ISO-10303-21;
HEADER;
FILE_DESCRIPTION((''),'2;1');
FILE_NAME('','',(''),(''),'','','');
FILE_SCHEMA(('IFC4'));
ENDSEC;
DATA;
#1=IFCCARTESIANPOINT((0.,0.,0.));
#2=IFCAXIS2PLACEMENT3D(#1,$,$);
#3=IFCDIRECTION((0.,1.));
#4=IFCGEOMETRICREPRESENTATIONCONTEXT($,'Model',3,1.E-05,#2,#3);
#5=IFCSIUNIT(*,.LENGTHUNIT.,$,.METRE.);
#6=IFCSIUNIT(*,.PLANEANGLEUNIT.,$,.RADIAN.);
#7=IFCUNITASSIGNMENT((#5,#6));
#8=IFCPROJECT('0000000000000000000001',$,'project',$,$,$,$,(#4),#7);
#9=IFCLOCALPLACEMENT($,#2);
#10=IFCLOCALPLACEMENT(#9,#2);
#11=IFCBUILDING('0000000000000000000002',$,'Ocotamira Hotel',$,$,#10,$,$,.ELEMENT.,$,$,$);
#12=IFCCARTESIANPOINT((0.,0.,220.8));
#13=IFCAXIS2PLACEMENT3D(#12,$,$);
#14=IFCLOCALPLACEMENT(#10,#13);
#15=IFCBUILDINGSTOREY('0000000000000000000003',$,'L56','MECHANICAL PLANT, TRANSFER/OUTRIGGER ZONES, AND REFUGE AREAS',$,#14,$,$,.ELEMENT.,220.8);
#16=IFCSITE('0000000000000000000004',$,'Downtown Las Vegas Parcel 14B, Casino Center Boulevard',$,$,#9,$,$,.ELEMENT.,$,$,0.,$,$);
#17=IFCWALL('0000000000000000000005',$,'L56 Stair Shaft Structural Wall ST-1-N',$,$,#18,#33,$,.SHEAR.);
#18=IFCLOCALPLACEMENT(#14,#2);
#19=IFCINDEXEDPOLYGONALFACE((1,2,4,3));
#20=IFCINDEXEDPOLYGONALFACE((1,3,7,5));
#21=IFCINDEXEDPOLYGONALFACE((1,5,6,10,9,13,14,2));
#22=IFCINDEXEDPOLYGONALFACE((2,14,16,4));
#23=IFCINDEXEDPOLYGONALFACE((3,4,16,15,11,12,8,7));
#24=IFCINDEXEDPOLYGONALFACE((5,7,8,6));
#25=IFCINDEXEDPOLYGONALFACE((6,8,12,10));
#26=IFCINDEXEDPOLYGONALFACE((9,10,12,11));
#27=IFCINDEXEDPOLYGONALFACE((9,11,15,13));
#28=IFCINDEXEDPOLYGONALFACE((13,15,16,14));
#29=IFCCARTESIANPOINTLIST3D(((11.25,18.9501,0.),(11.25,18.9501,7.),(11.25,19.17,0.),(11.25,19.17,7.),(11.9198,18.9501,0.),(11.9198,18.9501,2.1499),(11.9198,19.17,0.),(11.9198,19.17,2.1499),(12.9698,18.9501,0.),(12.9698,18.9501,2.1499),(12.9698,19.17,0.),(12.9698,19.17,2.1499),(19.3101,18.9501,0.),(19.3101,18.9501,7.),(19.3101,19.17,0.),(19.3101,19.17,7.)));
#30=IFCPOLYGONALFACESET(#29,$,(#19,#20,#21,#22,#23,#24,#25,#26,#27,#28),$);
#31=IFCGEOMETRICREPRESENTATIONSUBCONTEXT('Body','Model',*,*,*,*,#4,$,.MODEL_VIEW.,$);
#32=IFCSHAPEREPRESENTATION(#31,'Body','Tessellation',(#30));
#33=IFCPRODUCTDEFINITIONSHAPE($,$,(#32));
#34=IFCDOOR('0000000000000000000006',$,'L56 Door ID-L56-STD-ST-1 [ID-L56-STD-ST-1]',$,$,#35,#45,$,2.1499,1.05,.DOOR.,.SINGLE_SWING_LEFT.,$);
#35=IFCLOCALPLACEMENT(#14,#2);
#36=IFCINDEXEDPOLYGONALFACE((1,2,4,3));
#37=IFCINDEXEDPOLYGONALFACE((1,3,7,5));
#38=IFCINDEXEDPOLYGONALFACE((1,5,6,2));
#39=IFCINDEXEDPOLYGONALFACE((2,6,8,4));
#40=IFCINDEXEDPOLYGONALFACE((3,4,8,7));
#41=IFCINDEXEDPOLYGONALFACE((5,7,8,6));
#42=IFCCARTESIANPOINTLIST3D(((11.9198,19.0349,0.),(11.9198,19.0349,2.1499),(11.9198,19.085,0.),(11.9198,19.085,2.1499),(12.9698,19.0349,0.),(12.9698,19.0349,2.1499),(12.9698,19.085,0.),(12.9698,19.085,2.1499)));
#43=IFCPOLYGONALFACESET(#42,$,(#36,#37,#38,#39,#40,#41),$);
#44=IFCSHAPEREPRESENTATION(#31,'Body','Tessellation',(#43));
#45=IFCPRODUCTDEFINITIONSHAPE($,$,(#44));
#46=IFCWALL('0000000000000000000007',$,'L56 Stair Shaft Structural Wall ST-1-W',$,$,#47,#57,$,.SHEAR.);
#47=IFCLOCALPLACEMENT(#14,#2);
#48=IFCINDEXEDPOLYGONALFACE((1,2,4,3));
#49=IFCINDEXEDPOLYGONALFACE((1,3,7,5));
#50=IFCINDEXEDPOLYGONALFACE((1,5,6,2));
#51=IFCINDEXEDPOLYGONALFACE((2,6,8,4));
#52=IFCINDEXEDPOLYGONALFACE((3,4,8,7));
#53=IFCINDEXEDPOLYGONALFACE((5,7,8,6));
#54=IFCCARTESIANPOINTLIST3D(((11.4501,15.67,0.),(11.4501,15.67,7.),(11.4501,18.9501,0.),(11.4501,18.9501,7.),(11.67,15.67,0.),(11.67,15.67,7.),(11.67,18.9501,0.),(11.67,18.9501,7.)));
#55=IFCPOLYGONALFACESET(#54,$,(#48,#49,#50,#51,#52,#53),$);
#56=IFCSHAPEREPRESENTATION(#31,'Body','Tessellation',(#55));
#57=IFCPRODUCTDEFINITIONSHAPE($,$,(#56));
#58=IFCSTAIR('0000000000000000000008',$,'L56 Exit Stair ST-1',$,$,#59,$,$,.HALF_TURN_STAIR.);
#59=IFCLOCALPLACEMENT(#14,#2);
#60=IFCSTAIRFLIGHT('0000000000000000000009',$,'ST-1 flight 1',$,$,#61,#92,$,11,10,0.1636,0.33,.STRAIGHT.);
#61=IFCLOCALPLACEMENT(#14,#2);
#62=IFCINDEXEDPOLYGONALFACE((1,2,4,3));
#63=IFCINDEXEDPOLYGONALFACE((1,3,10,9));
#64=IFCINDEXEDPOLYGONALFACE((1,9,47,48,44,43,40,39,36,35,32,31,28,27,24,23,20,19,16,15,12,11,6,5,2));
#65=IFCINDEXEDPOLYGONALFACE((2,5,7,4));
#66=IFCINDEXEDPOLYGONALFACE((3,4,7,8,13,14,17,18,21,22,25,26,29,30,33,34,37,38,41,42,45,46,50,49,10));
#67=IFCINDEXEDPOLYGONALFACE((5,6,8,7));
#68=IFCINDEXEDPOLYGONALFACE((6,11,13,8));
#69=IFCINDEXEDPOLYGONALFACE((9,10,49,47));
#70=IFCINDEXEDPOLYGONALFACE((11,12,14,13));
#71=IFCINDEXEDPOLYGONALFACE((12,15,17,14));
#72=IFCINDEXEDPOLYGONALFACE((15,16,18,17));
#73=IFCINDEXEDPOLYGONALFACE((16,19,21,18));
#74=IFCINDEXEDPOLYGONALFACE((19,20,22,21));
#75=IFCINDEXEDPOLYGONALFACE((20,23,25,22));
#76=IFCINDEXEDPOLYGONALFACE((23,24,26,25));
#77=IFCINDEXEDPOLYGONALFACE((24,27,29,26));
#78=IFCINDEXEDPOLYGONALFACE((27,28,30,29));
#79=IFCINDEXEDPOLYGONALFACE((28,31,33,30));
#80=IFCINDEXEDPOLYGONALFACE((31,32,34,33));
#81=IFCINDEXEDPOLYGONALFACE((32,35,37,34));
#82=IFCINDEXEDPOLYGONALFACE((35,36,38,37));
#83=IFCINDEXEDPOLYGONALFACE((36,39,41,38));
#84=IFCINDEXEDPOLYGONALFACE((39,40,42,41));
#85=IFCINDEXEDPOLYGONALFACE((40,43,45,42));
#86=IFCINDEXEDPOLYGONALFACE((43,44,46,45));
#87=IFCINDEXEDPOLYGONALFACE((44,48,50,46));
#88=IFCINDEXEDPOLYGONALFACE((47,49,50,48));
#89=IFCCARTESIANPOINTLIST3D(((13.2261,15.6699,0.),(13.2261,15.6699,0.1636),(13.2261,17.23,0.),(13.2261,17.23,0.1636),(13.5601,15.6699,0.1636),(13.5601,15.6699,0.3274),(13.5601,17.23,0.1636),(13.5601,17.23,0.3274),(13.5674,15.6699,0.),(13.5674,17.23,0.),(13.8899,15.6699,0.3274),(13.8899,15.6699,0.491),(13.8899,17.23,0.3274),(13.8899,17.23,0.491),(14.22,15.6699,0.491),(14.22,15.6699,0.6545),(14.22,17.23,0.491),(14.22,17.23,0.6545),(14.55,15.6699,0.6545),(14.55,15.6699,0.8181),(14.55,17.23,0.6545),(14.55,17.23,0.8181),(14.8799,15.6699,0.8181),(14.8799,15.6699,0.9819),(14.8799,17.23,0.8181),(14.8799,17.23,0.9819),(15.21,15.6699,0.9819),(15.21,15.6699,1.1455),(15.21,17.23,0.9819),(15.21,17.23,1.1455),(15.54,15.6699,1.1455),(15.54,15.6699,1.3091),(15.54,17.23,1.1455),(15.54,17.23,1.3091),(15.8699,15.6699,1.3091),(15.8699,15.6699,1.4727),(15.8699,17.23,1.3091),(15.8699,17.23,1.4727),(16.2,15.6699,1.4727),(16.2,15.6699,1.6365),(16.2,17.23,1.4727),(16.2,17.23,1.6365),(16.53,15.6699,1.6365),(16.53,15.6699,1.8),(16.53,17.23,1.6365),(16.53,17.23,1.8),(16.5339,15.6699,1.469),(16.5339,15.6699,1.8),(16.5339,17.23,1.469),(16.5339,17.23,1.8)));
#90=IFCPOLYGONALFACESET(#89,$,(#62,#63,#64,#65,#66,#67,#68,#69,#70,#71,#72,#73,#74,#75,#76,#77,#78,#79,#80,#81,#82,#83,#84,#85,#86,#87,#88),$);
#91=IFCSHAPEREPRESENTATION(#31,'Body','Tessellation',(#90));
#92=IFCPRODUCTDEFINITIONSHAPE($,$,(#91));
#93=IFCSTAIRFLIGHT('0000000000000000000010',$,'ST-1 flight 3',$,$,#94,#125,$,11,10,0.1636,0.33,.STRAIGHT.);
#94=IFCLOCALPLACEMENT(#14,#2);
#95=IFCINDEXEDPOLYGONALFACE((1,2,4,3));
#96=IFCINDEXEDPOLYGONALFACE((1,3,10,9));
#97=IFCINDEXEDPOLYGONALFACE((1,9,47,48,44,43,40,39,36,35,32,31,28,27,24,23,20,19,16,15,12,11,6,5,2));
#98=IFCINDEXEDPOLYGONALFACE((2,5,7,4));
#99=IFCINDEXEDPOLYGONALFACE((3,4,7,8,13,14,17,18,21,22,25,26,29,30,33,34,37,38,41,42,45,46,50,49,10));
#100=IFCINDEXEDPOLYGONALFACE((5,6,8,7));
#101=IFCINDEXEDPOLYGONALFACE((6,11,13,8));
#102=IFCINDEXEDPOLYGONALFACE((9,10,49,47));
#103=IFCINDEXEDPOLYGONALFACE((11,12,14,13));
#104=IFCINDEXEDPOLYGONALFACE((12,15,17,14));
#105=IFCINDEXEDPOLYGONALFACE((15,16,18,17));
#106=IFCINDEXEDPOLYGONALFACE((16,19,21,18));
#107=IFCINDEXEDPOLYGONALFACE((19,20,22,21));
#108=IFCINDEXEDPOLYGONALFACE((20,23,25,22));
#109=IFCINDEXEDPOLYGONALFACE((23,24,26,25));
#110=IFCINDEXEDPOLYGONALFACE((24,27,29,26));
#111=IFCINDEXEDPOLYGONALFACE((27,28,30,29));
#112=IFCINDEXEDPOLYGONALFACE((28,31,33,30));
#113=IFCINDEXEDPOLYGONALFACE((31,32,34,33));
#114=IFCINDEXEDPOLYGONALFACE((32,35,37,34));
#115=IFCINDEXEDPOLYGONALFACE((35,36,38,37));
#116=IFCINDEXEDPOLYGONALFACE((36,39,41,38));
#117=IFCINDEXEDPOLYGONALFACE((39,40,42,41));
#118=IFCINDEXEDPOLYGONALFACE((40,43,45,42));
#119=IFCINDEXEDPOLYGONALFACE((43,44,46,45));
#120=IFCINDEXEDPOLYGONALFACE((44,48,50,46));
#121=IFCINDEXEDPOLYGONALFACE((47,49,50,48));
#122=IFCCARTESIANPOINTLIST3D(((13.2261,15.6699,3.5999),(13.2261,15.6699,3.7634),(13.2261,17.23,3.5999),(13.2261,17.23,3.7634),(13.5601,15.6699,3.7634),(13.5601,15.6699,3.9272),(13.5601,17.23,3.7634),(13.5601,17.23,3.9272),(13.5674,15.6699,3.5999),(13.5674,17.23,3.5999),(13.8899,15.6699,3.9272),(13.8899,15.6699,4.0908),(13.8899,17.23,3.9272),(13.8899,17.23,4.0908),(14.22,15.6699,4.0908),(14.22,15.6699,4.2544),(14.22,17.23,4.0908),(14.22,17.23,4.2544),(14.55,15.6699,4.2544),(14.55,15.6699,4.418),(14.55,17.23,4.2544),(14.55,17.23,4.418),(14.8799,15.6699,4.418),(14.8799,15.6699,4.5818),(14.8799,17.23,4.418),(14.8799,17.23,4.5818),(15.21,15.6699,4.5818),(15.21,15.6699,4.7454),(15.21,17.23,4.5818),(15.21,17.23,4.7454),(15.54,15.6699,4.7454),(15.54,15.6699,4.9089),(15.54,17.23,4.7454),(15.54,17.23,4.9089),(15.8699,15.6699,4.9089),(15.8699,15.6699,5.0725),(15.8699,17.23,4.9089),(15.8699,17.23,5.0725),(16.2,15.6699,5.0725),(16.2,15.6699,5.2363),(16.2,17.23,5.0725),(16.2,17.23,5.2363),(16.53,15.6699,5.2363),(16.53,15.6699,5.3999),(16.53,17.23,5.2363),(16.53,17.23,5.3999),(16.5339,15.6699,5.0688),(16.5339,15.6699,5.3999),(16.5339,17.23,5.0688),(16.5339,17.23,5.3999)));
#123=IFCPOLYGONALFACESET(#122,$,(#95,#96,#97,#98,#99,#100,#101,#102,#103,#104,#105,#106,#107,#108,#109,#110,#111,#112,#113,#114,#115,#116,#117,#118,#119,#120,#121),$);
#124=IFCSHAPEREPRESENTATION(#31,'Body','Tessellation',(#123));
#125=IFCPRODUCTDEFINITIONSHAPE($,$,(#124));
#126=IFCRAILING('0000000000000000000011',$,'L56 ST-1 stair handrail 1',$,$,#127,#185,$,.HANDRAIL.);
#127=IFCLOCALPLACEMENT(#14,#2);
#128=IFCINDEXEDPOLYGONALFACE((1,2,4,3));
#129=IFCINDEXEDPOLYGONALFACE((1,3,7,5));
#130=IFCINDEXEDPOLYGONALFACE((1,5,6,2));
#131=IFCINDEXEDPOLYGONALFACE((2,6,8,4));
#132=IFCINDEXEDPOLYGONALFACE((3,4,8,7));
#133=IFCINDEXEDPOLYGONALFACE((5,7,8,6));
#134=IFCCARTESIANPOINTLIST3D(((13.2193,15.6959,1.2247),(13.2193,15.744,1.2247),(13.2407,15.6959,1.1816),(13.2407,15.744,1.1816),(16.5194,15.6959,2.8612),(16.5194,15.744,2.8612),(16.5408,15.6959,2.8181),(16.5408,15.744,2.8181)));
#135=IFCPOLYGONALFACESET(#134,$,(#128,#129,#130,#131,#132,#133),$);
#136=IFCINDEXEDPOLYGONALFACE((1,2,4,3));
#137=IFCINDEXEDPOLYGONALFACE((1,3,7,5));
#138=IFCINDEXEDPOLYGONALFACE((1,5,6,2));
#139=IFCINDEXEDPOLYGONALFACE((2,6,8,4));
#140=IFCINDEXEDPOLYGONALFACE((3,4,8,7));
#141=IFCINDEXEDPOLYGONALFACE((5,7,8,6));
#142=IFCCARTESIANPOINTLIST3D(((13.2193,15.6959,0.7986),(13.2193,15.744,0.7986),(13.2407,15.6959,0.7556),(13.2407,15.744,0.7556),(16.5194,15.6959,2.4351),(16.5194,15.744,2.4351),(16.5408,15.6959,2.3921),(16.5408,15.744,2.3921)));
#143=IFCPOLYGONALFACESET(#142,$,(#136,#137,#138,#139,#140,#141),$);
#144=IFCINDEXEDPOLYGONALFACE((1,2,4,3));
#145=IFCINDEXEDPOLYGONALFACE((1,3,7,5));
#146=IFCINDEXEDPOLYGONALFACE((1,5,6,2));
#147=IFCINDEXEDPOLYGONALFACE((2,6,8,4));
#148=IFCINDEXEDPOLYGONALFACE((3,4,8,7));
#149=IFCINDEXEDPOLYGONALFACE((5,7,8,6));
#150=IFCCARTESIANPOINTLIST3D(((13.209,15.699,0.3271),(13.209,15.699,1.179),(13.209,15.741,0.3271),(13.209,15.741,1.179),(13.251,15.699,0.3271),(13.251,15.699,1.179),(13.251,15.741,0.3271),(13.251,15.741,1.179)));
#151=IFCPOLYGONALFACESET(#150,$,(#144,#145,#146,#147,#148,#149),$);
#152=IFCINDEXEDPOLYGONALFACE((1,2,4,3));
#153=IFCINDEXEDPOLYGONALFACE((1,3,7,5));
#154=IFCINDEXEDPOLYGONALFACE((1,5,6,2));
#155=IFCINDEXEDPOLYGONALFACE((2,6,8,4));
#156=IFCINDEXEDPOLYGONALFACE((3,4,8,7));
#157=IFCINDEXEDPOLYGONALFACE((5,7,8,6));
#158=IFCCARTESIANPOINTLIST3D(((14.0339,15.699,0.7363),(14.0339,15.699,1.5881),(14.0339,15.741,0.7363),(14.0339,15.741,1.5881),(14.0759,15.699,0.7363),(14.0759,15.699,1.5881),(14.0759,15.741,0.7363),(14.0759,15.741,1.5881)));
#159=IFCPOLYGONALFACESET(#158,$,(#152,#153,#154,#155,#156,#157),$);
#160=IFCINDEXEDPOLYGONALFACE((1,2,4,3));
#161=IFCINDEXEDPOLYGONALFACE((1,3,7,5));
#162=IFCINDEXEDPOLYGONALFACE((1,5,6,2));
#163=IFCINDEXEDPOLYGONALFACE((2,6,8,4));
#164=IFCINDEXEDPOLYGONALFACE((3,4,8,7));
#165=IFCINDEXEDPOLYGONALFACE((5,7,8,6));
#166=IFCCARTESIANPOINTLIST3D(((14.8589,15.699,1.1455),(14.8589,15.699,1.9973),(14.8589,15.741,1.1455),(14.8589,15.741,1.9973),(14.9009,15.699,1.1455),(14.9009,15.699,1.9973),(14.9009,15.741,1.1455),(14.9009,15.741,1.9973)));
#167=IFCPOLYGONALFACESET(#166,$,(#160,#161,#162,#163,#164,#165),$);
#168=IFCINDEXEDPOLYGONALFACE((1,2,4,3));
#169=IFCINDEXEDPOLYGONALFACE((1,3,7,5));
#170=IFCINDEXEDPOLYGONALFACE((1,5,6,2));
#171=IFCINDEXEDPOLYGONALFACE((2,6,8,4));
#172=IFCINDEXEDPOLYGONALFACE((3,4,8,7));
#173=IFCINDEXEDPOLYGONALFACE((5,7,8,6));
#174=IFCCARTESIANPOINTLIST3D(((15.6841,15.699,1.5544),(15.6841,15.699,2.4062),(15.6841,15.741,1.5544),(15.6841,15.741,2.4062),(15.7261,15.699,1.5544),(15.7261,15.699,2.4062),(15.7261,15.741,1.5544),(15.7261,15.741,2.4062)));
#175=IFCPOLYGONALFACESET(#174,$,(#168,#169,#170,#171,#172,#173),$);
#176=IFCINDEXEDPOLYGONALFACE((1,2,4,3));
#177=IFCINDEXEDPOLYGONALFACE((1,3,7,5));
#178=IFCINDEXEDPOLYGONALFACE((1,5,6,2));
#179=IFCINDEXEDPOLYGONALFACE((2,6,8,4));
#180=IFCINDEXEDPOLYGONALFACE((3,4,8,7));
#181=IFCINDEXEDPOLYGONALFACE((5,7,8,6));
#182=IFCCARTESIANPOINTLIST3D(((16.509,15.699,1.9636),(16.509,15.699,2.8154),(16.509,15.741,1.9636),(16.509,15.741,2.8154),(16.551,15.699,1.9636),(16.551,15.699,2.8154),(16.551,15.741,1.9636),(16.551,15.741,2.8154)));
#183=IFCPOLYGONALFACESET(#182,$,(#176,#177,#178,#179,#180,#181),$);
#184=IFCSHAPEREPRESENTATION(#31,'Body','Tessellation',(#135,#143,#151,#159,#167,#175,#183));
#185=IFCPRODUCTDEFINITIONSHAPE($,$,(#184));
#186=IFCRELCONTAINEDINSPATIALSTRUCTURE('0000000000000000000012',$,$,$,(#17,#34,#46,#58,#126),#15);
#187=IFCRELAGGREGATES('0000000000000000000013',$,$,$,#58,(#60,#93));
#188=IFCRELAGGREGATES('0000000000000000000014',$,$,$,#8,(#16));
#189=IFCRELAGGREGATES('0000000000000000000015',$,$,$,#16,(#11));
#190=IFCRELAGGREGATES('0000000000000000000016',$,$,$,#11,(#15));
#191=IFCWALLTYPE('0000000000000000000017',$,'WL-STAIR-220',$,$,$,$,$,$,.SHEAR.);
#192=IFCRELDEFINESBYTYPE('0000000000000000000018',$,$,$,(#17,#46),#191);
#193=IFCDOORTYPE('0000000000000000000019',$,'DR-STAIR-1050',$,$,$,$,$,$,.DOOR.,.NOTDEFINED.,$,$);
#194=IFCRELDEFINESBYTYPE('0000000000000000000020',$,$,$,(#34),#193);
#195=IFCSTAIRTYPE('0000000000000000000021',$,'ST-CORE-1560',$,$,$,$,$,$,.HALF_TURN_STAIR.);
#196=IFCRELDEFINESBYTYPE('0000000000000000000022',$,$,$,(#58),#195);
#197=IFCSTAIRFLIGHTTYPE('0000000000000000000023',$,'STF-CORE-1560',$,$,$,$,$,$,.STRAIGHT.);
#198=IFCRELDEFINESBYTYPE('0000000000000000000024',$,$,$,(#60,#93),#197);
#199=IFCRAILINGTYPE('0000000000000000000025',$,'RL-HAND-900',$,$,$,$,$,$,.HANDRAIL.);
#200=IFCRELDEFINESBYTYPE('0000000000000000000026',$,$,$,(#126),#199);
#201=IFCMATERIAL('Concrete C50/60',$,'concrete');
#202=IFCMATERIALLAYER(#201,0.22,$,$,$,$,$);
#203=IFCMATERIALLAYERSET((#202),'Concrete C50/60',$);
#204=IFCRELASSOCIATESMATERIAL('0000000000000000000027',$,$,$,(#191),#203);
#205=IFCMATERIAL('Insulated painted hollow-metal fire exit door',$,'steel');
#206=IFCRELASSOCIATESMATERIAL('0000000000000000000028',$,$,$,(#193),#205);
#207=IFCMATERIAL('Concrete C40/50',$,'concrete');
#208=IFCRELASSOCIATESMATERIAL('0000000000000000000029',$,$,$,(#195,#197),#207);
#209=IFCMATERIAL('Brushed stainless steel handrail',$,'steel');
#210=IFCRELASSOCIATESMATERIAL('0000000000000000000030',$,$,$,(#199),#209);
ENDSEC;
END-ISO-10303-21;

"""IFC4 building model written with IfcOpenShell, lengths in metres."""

from ifc_helpers import new_model, si_unit, direction, frame, frame_2d, origin, origin_2d, place, context, subcontext, project, spatial, polyline, rectangle, outline, extrude, source, transform, mapped, material, layer, layer_set, type_object, element, fill, aggregate, save


model = new_model("IFC4")

# Units and contexts
model_context = context("Model", 3, precision=1e-05, world=origin(), true_north=direction((0.0, 1.0)))
body_context = subcontext(model_context, "Body", "Model", "MODEL_VIEW")
ifc_project = project(units=[si_unit("LENGTHUNIT", "METRE"), si_unit("PLANEANGLEUNIT", "RADIAN")], contexts=[model_context])

# Site, building, storey
site_placement = place(None, origin())
site = spatial("IfcSite", under=ifc_project, at=site_placement, Name="Downtown Las Vegas Parcel 14B, Casino Center Boulevard", CompositionType="ELEMENT", RefElevation=0.0)
building_placement = place(site_placement, origin())
building = spatial("IfcBuilding", under=site, at=building_placement, Name="Ocotamira Hotel", CompositionType="ELEMENT")
storey_placement = place(building_placement, frame((0.0, 0.0, 220.8)))
storey = spatial("IfcBuildingStorey", under=building, at=storey_placement, Name="L56", Description="MECHANICAL PLANT, TRANSFER/OUTRIGGER ZONES, AND REFUGE AREAS", CompositionType="ELEMENT", Elevation=220.8)

# Shared definitions
ifc_material_1 = material(Name="Concrete C50/60", Category="concrete")

# Shared definitions
ifc_layer_1 = layer(ifc_material_1, 0.22)
ifc_layer_set_1 = layer_set([ifc_layer_1], Name="Concrete C50/60")
wall_type_1 = type_object("IfcWallType", Name="WL-STAIR-220", PredefinedType="SHEAR", material=ifc_layer_set_1)

# Wall, opening, door
wall_1_placement = place(storey_placement, frame((11.25, 19.0601, 0.0), z_axis=(0.0, 0.0, 1.0), x_axis=(1.0, 0.0, 0.0)))
wall_1 = element("IfcWall", 1, at=wall_1_placement, inside=storey, type_object=wall_type_1, Name="L56 Stair Shaft Structural Wall ST-1-N", PredefinedType="SHEAR", context=body_context, shape_type="SweptSolid", body=[
    extrude(rectangle(XDim=8.0601, YDim=0.22, at=frame_2d((4.03, 0.0))), origin(), (0.0, 0.0, 1.0), 7.0),
])
opening_1_placement = place(wall_1_placement, frame((0.6699, 0.0, 0.0)))
opening_1 = element("IfcOpeningElement", 2, at=opening_1_placement, cuts=wall_1, PredefinedType="OPENING", context=body_context, shape_type="SweptSolid", body=[
    extrude(rectangle(XDim=1.05, YDim=2.1499, at=frame_2d((0.5249, 1.075))), frame((0.0, 0.1201, 0.0), z_axis=(0.0, -1.0, 0.0), x_axis=(1.0, 0.0, 0.0)), (0.0, 0.0, 1.0), 0.24),
])
ifc_material_2 = material(Name="Insulated painted hollow-metal fire exit door", Category="steel")
door_type_1 = type_object("IfcDoorType", Name="DR-STAIR-1050", OperationType="NOTDEFINED", PredefinedType="DOOR", material=ifc_material_2)
shared_shape_1 = source(origin(), body_context, "Body", "SweptSolid", [
    extrude(rectangle(XDim=1.05, YDim=2.1499, at=frame_2d((0.5249, 1.075))), frame((0.0, 0.0249, 0.0), z_axis=(0.0, -1.0, 0.0), x_axis=(1.0, 0.0, 0.0)), (0.0, 0.0, 1.0), 0.05),
])
door_1_placement = place(opening_1_placement, origin())
door_1 = element("IfcDoor", 3, at=door_1_placement, inside=storey, type_object=door_type_1, Name="L56 Door ID-L56-STD-ST-1 [ID-L56-STD-ST-1]", OperationType="SINGLE_SWING_LEFT", OverallHeight=2.1499, OverallWidth=1.05, PredefinedType="DOOR", context=body_context, shape_type="MappedRepresentation", body=[
    mapped(shared_shape_1, transform((0.0, 0.0, 0.0), scale=1.0)),
])
fill(opening_1, door_1)

# Wall
wall_2_placement = place(storey_placement, frame((11.5601, 15.6699, 0.0), z_axis=(0.0, 0.0, 1.0), x_axis=(0.0, 1.0, 0.0)))
element("IfcWall", 4, at=wall_2_placement, inside=storey, type_object=wall_type_1, Name="L56 Stair Shaft Structural Wall ST-1-W", PredefinedType="SHEAR", context=body_context, shape_type="SweptSolid", body=[
    extrude(rectangle(XDim=3.28, YDim=0.22, at=frame_2d((1.6401, 0.0))), origin(), (0.0, 0.0, 1.0), 7.0),
])

# Stair, stair flights
ifc_material_3 = material(Name="Concrete C40/50", Category="concrete")
stair_type = type_object("IfcStairType", Name="ST-CORE-1560", PredefinedType="HALF_TURN_STAIR", material=ifc_material_3)
stair_placement = place(storey_placement, origin())
stair = element("IfcStair", 5, at=stair_placement, inside=storey, type_object=stair_type, Name="L56 Exit Stair ST-1", PredefinedType="HALF_TURN_STAIR")
stair_flight_type = type_object("IfcStairFlightType", Name="STF-CORE-1560", PredefinedType="STRAIGHT", material=ifc_material_3)
shared_shape_2 = source(origin(), body_context, "Body", "SweptSolid", [
    extrude(outline(polyline([(-0.0039, 0.0), (-0.0039, 0.1636), (0.3301, 0.1636), (0.3301, 0.3274), (0.6599, 0.3274), (0.6599, 0.491), (0.99, 0.491), (0.99, 0.6545), (1.3201, 0.6545), (1.3201, 0.8181), (1.6499, 0.8181), (1.6499, 0.9819), (1.98, 0.9819), (1.98, 1.1455), (2.3101, 1.1455), (2.3101, 1.3091), (2.6399, 1.3091), (2.6399, 1.4727), (2.97, 1.4727), (2.97, 1.6365), (3.3, 1.6365), (3.3, 1.8), (3.304, 1.8), (3.304, 1.469), (0.3374, 0.0), (-0.0039, 0.0)])), frame((0.0, 0.78, 0.0), z_axis=(0.0, -1.0, 0.0), x_axis=(1.0, 0.0, 0.0)), (0.0, 0.0, 1.0), 1.5601),
])
stair_flight_1_placement = place(storey_placement, frame((13.23, 16.45, 0.0), z_axis=(0.0, 0.0, 1.0), x_axis=(1.0, 0.0, 0.0)))
stair_flight_1 = element("IfcStairFlight", 6, at=stair_flight_1_placement, type_object=stair_flight_type, Name="ST-1 flight 1", NumberOfRisers=11, NumberOfTreads=10, PredefinedType="STRAIGHT", RiserHeight=0.1636, TreadLength=0.33, context=body_context, shape_type="MappedRepresentation", body=[
    mapped(shared_shape_2, transform((0.0, 0.0, 0.0), scale=1.0)),
])
stair_flight_2_placement = place(storey_placement, frame((13.23, 16.45, 3.5999), z_axis=(0.0, 0.0, 1.0), x_axis=(1.0, 0.0, 0.0)))
stair_flight_2 = element("IfcStairFlight", 7, at=stair_flight_2_placement, type_object=stair_flight_type, Name="ST-1 flight 3", NumberOfRisers=11, NumberOfTreads=10, PredefinedType="STRAIGHT", RiserHeight=0.1636, TreadLength=0.33, context=body_context, shape_type="MappedRepresentation", body=[
    mapped(shared_shape_2, transform((0.0, 0.0, 0.0), scale=1.0)),
])
aggregate(stair, [stair_flight_1, stair_flight_2])

# Railing
ifc_material_4 = material(Name="Brushed stainless steel handrail", Category="steel")
railing_type_1 = type_object("IfcRailingType", Name="RL-HAND-900", PredefinedType="HANDRAIL", material=ifc_material_4)
railing_1_placement = place(storey_placement, frame((13.23, 15.72, 0.3271)))
element("IfcRailing", 8, at=railing_1_placement, inside=storey, type_object=railing_type_1, Name="L56 ST-1 stair handrail 1", PredefinedType="HANDRAIL", context=body_context, shape_type="SweptSolid", body=[
    extrude(rectangle(XDim=0.0481, YDim=0.0481, at=origin_2d()), frame((0.0, 0.0, 0.876), z_axis=(0.895894, 0.0, 0.444268), x_axis=(0.0, 1.0, 0.0)), (0.0, 0.0, 1.0), 3.6836),
    extrude(rectangle(XDim=0.0481, YDim=0.0481, at=origin_2d()), frame((0.0, 0.0, 0.45), z_axis=(0.895894, 0.0, 0.444268), x_axis=(0.0, 1.0, 0.0)), (0.0, 0.0, 1.0), 3.6836),
    extrude(rectangle(XDim=0.042, YDim=0.042, at=origin_2d()), origin(), (0.0, 0.0, 1.0), 0.8518),
    extrude(rectangle(XDim=0.042, YDim=0.042, at=origin_2d()), frame((0.825, 0.0, 0.4092)), (0.0, 0.0, 1.0), 0.8518),
    extrude(rectangle(XDim=0.042, YDim=0.042, at=origin_2d()), frame((1.6499, 0.0, 0.8184)), (0.0, 0.0, 1.0), 0.8518),
    extrude(rectangle(XDim=0.042, YDim=0.042, at=origin_2d()), frame((2.4751, 0.0, 1.2273)), (0.0, 0.0, 1.0), 0.8518),
    extrude(rectangle(XDim=0.042, YDim=0.042, at=origin_2d()), frame((3.3, 0.0, 1.6365)), (0.0, 0.0, 1.0), 0.8518),
])

save(model, "model.ifc")
